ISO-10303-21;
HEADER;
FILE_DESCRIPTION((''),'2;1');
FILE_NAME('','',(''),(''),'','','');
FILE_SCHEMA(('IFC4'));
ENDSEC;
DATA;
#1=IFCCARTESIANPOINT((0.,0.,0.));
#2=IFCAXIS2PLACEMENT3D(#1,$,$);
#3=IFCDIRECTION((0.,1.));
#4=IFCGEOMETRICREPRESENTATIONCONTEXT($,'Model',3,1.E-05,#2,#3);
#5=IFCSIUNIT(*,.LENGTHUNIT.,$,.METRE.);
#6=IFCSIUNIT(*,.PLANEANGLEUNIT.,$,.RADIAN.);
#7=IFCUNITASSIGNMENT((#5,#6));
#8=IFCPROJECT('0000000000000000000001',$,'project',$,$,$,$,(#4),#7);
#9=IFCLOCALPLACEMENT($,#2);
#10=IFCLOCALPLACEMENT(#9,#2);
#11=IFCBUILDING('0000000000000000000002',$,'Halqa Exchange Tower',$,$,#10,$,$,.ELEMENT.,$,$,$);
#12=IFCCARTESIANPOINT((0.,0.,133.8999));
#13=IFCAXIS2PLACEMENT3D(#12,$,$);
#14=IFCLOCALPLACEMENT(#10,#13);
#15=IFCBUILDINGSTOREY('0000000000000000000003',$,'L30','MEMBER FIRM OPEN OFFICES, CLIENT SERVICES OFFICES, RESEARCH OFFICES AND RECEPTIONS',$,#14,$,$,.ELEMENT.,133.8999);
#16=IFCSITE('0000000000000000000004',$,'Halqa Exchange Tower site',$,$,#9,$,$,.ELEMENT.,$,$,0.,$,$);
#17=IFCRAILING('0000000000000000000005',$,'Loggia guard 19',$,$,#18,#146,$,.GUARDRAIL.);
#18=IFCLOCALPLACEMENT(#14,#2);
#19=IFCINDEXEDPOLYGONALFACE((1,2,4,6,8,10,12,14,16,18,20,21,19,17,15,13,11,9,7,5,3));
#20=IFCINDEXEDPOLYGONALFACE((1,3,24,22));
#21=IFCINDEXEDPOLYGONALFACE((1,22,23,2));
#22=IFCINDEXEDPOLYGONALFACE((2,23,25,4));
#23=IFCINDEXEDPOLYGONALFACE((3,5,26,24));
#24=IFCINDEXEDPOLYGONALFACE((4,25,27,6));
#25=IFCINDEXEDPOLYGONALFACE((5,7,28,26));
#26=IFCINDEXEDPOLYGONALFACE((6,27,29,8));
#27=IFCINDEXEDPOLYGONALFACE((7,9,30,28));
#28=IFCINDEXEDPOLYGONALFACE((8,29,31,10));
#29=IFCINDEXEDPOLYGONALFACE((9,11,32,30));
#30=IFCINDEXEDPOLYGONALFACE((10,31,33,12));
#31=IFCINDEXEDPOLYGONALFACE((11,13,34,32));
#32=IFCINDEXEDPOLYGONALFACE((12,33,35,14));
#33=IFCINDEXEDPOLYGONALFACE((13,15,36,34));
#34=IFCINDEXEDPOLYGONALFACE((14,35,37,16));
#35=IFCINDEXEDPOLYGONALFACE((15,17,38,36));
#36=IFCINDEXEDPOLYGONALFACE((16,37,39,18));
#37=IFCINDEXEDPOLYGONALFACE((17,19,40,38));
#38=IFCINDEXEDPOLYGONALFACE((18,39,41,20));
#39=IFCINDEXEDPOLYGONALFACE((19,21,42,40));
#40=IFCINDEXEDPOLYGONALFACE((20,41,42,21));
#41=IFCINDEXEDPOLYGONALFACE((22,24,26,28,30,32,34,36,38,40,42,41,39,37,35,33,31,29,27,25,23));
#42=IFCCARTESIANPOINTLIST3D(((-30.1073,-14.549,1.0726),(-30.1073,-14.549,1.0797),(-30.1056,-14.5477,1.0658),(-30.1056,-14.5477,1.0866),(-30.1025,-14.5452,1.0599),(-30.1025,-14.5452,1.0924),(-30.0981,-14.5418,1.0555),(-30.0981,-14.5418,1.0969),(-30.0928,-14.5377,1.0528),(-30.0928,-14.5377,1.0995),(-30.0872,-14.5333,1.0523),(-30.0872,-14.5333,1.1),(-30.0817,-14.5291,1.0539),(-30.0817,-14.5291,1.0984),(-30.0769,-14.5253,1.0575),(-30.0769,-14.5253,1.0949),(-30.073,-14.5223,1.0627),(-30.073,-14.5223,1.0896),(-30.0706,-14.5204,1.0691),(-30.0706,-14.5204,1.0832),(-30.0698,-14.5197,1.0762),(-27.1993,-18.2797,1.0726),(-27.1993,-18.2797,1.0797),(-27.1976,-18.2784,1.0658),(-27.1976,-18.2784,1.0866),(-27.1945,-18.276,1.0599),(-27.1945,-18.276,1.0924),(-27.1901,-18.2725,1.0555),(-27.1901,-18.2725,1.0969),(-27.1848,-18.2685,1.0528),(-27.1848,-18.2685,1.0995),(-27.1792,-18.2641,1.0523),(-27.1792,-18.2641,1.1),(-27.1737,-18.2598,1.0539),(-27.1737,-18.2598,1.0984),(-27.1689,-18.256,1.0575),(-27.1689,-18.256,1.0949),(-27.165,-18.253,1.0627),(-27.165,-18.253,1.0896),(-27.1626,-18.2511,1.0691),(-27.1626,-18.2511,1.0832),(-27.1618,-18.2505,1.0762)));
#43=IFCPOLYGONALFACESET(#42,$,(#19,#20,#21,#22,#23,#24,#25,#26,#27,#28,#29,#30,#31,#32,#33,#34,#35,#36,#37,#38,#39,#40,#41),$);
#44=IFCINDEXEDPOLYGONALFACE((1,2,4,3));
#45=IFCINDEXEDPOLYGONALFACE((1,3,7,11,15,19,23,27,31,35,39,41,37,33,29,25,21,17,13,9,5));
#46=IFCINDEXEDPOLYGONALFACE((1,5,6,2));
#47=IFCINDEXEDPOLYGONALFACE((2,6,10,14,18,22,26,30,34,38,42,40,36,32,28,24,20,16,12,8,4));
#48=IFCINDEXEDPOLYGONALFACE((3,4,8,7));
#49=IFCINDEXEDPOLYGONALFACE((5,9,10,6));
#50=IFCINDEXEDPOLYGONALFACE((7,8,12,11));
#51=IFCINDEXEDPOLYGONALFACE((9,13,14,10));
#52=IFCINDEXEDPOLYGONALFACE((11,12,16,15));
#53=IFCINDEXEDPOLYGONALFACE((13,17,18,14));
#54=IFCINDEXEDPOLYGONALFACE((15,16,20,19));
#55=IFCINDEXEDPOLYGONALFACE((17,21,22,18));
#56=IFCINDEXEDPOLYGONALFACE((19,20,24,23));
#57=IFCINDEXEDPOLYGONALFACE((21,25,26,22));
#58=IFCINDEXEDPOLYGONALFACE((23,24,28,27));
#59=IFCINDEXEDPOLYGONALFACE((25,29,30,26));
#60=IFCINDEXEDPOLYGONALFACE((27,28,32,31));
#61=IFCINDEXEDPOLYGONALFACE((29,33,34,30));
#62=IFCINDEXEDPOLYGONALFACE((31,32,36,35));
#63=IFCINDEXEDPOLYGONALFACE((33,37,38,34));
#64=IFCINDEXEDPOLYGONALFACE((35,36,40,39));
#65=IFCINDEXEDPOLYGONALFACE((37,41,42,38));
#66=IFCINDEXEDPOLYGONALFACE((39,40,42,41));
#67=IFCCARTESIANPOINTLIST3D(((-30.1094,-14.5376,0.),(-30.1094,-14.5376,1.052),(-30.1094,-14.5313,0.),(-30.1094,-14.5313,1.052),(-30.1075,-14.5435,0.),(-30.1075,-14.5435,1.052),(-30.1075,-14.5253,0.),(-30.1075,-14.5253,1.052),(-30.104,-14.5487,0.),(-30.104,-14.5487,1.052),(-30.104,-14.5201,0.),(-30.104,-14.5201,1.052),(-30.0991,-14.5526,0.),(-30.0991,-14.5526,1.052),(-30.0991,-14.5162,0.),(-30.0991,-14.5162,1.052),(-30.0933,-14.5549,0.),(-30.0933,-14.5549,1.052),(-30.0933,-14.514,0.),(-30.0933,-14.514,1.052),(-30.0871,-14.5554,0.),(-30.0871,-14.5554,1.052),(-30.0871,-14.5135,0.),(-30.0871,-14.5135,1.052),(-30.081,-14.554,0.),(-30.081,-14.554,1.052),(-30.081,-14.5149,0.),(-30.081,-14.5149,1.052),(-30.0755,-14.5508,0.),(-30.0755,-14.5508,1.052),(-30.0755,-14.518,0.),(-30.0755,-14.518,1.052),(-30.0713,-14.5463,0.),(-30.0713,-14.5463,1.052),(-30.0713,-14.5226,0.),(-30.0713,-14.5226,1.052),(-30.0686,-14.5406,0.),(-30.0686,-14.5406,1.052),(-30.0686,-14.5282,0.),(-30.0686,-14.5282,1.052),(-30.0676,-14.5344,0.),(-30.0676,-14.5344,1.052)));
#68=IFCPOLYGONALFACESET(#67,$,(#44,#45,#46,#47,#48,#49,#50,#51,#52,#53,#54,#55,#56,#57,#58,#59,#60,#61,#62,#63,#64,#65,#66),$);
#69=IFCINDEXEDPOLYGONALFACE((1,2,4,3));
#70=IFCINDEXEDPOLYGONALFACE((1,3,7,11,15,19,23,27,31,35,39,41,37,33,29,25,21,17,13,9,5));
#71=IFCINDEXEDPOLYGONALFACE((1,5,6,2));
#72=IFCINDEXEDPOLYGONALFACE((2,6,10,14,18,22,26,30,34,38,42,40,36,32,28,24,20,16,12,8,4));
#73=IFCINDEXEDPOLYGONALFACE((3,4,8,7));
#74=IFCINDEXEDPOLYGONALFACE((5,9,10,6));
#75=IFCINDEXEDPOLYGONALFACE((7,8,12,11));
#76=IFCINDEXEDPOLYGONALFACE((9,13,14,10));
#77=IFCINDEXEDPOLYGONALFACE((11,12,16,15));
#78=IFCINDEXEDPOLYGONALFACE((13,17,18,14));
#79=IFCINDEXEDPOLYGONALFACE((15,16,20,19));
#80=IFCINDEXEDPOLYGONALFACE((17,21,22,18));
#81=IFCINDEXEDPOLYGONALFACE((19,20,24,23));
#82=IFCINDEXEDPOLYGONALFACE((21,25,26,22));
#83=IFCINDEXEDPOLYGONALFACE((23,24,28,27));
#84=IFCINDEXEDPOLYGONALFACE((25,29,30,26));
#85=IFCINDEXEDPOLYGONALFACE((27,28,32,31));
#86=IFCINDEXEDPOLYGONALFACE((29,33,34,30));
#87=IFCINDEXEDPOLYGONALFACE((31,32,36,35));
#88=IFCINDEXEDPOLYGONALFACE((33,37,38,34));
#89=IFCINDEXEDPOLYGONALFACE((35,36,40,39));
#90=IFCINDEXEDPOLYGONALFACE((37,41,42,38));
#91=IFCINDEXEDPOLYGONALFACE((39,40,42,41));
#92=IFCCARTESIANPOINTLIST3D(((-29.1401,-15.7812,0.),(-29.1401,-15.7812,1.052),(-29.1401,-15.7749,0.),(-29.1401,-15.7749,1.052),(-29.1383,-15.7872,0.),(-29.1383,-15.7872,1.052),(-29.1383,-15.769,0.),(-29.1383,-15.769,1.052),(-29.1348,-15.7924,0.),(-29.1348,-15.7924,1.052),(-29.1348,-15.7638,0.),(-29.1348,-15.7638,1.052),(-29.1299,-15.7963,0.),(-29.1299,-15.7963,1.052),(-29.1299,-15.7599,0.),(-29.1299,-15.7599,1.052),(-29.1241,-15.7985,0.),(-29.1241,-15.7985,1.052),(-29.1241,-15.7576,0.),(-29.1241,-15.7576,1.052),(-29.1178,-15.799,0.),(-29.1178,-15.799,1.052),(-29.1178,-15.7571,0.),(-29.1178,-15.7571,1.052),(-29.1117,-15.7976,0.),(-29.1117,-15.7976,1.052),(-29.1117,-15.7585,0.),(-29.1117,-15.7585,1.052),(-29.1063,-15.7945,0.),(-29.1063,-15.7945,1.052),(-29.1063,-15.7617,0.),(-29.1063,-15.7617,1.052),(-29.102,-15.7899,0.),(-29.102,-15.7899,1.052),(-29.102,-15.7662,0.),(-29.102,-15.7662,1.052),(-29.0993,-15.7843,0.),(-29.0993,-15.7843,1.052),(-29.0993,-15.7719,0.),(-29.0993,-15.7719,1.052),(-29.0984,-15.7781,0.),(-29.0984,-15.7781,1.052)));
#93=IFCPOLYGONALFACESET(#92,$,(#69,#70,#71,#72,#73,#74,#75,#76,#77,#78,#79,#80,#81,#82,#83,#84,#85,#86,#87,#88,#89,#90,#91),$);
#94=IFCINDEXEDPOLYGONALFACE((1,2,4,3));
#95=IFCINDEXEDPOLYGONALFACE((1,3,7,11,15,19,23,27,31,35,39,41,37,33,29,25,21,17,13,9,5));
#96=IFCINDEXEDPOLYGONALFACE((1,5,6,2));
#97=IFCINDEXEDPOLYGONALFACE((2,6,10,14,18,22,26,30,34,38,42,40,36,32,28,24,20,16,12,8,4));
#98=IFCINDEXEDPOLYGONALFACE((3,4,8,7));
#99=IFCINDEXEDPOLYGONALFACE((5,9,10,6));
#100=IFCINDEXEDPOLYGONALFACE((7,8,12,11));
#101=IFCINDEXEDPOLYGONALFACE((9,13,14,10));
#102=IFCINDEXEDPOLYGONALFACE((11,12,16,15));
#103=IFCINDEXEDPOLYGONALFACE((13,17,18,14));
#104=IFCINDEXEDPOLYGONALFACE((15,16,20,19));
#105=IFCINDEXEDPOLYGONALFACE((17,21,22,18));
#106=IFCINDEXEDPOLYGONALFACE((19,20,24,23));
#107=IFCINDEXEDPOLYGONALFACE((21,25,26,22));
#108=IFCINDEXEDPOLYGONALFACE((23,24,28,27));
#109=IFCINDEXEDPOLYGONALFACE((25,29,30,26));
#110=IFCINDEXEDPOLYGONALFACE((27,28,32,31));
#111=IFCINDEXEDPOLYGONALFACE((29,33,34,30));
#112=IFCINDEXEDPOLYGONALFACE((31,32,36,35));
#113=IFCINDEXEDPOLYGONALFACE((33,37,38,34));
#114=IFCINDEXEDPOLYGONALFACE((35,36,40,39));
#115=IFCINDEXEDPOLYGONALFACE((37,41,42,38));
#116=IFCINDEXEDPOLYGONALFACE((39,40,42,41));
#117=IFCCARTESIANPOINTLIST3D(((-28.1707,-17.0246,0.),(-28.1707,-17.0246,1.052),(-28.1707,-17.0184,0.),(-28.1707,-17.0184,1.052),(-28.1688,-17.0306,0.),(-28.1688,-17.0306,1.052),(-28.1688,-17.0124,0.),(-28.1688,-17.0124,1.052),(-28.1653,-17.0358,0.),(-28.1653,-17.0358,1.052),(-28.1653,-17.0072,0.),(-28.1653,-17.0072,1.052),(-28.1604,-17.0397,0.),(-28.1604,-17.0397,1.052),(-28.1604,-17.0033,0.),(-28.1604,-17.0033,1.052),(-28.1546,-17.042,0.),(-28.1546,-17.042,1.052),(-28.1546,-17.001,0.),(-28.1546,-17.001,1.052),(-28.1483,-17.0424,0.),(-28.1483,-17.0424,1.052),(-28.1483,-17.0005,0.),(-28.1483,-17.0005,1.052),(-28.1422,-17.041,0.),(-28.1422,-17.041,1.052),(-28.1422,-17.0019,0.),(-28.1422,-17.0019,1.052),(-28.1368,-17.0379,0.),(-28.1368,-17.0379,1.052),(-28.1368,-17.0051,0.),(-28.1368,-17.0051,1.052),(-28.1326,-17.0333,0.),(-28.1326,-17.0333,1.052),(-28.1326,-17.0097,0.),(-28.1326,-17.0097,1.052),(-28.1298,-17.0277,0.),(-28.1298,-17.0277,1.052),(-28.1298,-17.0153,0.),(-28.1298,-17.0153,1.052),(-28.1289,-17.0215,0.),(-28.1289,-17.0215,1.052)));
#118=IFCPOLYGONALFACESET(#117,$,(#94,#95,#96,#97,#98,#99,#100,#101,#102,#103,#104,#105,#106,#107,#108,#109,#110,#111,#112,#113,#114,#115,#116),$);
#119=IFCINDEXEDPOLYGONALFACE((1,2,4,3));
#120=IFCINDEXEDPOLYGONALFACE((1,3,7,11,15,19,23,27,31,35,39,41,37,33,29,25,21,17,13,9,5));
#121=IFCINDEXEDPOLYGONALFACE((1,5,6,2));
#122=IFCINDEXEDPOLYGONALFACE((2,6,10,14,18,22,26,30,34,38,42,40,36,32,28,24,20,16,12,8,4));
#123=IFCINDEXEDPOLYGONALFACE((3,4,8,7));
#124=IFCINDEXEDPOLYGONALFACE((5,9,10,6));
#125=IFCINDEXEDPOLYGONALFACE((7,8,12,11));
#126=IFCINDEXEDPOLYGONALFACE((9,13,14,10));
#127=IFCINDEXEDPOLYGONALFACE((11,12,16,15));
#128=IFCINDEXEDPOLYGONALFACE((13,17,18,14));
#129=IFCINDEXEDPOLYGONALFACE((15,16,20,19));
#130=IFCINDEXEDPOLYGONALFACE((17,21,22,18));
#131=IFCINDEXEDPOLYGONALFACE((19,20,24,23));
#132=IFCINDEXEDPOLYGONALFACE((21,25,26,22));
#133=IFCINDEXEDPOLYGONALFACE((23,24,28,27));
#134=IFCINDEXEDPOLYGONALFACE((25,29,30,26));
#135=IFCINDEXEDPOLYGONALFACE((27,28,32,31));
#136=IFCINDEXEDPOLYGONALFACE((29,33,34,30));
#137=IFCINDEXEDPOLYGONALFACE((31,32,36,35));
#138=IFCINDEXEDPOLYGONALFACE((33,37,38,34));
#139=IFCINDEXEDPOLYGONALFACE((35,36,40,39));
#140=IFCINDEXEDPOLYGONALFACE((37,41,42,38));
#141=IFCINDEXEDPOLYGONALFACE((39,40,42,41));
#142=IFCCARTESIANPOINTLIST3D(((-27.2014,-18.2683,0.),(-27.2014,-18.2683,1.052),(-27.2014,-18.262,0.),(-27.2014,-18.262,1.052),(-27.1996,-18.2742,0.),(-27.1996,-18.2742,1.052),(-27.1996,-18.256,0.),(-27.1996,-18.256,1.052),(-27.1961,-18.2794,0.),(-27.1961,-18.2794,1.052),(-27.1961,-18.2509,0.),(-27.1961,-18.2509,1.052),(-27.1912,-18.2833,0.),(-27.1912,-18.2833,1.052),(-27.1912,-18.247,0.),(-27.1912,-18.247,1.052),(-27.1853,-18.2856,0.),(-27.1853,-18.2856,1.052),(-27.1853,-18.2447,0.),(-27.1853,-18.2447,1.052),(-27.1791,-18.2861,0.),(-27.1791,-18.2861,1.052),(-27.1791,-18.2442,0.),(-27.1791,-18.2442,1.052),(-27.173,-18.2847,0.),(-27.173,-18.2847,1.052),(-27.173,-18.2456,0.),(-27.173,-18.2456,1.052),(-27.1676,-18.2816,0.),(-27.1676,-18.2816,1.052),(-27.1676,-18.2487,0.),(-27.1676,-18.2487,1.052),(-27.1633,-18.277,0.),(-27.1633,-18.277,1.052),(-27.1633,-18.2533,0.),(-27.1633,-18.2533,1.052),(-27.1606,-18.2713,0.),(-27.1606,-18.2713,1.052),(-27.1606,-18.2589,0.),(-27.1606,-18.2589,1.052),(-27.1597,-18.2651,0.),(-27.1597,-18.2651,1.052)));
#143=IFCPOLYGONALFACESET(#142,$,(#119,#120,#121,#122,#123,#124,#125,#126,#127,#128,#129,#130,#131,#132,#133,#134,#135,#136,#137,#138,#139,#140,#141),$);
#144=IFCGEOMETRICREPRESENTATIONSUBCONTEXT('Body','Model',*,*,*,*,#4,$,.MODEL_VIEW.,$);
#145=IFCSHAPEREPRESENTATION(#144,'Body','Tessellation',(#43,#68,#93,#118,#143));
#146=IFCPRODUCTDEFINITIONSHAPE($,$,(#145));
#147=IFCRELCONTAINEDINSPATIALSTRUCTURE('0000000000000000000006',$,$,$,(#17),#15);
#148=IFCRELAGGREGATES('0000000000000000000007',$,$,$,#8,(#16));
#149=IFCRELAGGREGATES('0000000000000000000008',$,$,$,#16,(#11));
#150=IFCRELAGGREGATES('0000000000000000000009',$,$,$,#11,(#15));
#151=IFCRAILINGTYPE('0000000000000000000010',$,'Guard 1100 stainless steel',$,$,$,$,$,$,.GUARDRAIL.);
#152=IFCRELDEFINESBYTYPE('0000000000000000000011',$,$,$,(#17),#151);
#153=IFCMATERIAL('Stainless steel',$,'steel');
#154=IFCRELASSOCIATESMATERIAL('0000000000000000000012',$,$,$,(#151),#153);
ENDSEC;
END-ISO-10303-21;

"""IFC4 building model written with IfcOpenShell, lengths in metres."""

from ifc_helpers import new_model, si_unit, direction, frame, origin, origin_2d, place, context, subcontext, project, spatial, circle, extrude, material, type_object, element, save


model = new_model("IFC4")

# Units and contexts
model_context = context("Model", 3, precision=1e-05, world=origin(), true_north=direction((0.0, 1.0)))
body_context = subcontext(model_context, "Body", "Model", "MODEL_VIEW")
ifc_project = project(units=[si_unit("LENGTHUNIT", "METRE"), si_unit("PLANEANGLEUNIT", "RADIAN")], contexts=[model_context])

# Site, building, storey
site_placement = place(None, origin())
site = spatial("IfcSite", under=ifc_project, at=site_placement, Name="Halqa Exchange Tower site", CompositionType="ELEMENT", RefElevation=0.0)
building_placement = place(site_placement, origin())
building = spatial("IfcBuilding", under=site, at=building_placement, Name="Halqa Exchange Tower", CompositionType="ELEMENT")
storey_placement = place(building_placement, frame((0.0, 0.0, 133.8999)))
storey = spatial("IfcBuildingStorey", under=building, at=storey_placement, Name="L30", Description="MEMBER FIRM OPEN OFFICES, CLIENT SERVICES OFFICES, RESEARCH OFFICES AND RECEPTIONS", CompositionType="ELEMENT", Elevation=133.8999)

# Railing
ifc_material_1 = material(Name="Stainless steel", Category="steel")
railing_type = type_object("IfcRailingType", Name="Guard 1100 stainless steel", PredefinedType="GUARDRAIL", material=ifc_material_1)
railing_1_placement = place(storey_placement, frame((-30.0886, -14.5344, 0.0)))
element("IfcRailing", 1, at=railing_1_placement, inside=storey, type_object=railing_type, Name="Loggia guard 19", PredefinedType="GUARDRAIL", context=body_context, shape_type="SweptSolid", body=[
    extrude(circle(Radius=0.0239, at=origin_2d()), frame((0.0, 0.0, 1.0762), z_axis=(0.614769, -0.788707, 0.0), x_axis=(0.788707, 0.614769, 0.0)), (0.0, 0.0, 1.0), 4.7302),
    extrude(circle(Radius=0.021, at=origin_2d()), origin(), (0.0, 0.0, 1.0), 1.052),
    extrude(circle(Radius=0.021, at=origin_2d()), frame((0.9692, -1.2437, 0.0)), (0.0, 0.0, 1.0), 1.052),
    extrude(circle(Radius=0.021, at=origin_2d()), frame((1.9387, -2.4871, 0.0)), (0.0, 0.0, 1.0), 1.052),
    extrude(circle(Radius=0.021, at=origin_2d()), frame((2.908, -3.7307, 0.0)), (0.0, 0.0, 1.0), 1.052),
])

save(model, "model.ifc")
